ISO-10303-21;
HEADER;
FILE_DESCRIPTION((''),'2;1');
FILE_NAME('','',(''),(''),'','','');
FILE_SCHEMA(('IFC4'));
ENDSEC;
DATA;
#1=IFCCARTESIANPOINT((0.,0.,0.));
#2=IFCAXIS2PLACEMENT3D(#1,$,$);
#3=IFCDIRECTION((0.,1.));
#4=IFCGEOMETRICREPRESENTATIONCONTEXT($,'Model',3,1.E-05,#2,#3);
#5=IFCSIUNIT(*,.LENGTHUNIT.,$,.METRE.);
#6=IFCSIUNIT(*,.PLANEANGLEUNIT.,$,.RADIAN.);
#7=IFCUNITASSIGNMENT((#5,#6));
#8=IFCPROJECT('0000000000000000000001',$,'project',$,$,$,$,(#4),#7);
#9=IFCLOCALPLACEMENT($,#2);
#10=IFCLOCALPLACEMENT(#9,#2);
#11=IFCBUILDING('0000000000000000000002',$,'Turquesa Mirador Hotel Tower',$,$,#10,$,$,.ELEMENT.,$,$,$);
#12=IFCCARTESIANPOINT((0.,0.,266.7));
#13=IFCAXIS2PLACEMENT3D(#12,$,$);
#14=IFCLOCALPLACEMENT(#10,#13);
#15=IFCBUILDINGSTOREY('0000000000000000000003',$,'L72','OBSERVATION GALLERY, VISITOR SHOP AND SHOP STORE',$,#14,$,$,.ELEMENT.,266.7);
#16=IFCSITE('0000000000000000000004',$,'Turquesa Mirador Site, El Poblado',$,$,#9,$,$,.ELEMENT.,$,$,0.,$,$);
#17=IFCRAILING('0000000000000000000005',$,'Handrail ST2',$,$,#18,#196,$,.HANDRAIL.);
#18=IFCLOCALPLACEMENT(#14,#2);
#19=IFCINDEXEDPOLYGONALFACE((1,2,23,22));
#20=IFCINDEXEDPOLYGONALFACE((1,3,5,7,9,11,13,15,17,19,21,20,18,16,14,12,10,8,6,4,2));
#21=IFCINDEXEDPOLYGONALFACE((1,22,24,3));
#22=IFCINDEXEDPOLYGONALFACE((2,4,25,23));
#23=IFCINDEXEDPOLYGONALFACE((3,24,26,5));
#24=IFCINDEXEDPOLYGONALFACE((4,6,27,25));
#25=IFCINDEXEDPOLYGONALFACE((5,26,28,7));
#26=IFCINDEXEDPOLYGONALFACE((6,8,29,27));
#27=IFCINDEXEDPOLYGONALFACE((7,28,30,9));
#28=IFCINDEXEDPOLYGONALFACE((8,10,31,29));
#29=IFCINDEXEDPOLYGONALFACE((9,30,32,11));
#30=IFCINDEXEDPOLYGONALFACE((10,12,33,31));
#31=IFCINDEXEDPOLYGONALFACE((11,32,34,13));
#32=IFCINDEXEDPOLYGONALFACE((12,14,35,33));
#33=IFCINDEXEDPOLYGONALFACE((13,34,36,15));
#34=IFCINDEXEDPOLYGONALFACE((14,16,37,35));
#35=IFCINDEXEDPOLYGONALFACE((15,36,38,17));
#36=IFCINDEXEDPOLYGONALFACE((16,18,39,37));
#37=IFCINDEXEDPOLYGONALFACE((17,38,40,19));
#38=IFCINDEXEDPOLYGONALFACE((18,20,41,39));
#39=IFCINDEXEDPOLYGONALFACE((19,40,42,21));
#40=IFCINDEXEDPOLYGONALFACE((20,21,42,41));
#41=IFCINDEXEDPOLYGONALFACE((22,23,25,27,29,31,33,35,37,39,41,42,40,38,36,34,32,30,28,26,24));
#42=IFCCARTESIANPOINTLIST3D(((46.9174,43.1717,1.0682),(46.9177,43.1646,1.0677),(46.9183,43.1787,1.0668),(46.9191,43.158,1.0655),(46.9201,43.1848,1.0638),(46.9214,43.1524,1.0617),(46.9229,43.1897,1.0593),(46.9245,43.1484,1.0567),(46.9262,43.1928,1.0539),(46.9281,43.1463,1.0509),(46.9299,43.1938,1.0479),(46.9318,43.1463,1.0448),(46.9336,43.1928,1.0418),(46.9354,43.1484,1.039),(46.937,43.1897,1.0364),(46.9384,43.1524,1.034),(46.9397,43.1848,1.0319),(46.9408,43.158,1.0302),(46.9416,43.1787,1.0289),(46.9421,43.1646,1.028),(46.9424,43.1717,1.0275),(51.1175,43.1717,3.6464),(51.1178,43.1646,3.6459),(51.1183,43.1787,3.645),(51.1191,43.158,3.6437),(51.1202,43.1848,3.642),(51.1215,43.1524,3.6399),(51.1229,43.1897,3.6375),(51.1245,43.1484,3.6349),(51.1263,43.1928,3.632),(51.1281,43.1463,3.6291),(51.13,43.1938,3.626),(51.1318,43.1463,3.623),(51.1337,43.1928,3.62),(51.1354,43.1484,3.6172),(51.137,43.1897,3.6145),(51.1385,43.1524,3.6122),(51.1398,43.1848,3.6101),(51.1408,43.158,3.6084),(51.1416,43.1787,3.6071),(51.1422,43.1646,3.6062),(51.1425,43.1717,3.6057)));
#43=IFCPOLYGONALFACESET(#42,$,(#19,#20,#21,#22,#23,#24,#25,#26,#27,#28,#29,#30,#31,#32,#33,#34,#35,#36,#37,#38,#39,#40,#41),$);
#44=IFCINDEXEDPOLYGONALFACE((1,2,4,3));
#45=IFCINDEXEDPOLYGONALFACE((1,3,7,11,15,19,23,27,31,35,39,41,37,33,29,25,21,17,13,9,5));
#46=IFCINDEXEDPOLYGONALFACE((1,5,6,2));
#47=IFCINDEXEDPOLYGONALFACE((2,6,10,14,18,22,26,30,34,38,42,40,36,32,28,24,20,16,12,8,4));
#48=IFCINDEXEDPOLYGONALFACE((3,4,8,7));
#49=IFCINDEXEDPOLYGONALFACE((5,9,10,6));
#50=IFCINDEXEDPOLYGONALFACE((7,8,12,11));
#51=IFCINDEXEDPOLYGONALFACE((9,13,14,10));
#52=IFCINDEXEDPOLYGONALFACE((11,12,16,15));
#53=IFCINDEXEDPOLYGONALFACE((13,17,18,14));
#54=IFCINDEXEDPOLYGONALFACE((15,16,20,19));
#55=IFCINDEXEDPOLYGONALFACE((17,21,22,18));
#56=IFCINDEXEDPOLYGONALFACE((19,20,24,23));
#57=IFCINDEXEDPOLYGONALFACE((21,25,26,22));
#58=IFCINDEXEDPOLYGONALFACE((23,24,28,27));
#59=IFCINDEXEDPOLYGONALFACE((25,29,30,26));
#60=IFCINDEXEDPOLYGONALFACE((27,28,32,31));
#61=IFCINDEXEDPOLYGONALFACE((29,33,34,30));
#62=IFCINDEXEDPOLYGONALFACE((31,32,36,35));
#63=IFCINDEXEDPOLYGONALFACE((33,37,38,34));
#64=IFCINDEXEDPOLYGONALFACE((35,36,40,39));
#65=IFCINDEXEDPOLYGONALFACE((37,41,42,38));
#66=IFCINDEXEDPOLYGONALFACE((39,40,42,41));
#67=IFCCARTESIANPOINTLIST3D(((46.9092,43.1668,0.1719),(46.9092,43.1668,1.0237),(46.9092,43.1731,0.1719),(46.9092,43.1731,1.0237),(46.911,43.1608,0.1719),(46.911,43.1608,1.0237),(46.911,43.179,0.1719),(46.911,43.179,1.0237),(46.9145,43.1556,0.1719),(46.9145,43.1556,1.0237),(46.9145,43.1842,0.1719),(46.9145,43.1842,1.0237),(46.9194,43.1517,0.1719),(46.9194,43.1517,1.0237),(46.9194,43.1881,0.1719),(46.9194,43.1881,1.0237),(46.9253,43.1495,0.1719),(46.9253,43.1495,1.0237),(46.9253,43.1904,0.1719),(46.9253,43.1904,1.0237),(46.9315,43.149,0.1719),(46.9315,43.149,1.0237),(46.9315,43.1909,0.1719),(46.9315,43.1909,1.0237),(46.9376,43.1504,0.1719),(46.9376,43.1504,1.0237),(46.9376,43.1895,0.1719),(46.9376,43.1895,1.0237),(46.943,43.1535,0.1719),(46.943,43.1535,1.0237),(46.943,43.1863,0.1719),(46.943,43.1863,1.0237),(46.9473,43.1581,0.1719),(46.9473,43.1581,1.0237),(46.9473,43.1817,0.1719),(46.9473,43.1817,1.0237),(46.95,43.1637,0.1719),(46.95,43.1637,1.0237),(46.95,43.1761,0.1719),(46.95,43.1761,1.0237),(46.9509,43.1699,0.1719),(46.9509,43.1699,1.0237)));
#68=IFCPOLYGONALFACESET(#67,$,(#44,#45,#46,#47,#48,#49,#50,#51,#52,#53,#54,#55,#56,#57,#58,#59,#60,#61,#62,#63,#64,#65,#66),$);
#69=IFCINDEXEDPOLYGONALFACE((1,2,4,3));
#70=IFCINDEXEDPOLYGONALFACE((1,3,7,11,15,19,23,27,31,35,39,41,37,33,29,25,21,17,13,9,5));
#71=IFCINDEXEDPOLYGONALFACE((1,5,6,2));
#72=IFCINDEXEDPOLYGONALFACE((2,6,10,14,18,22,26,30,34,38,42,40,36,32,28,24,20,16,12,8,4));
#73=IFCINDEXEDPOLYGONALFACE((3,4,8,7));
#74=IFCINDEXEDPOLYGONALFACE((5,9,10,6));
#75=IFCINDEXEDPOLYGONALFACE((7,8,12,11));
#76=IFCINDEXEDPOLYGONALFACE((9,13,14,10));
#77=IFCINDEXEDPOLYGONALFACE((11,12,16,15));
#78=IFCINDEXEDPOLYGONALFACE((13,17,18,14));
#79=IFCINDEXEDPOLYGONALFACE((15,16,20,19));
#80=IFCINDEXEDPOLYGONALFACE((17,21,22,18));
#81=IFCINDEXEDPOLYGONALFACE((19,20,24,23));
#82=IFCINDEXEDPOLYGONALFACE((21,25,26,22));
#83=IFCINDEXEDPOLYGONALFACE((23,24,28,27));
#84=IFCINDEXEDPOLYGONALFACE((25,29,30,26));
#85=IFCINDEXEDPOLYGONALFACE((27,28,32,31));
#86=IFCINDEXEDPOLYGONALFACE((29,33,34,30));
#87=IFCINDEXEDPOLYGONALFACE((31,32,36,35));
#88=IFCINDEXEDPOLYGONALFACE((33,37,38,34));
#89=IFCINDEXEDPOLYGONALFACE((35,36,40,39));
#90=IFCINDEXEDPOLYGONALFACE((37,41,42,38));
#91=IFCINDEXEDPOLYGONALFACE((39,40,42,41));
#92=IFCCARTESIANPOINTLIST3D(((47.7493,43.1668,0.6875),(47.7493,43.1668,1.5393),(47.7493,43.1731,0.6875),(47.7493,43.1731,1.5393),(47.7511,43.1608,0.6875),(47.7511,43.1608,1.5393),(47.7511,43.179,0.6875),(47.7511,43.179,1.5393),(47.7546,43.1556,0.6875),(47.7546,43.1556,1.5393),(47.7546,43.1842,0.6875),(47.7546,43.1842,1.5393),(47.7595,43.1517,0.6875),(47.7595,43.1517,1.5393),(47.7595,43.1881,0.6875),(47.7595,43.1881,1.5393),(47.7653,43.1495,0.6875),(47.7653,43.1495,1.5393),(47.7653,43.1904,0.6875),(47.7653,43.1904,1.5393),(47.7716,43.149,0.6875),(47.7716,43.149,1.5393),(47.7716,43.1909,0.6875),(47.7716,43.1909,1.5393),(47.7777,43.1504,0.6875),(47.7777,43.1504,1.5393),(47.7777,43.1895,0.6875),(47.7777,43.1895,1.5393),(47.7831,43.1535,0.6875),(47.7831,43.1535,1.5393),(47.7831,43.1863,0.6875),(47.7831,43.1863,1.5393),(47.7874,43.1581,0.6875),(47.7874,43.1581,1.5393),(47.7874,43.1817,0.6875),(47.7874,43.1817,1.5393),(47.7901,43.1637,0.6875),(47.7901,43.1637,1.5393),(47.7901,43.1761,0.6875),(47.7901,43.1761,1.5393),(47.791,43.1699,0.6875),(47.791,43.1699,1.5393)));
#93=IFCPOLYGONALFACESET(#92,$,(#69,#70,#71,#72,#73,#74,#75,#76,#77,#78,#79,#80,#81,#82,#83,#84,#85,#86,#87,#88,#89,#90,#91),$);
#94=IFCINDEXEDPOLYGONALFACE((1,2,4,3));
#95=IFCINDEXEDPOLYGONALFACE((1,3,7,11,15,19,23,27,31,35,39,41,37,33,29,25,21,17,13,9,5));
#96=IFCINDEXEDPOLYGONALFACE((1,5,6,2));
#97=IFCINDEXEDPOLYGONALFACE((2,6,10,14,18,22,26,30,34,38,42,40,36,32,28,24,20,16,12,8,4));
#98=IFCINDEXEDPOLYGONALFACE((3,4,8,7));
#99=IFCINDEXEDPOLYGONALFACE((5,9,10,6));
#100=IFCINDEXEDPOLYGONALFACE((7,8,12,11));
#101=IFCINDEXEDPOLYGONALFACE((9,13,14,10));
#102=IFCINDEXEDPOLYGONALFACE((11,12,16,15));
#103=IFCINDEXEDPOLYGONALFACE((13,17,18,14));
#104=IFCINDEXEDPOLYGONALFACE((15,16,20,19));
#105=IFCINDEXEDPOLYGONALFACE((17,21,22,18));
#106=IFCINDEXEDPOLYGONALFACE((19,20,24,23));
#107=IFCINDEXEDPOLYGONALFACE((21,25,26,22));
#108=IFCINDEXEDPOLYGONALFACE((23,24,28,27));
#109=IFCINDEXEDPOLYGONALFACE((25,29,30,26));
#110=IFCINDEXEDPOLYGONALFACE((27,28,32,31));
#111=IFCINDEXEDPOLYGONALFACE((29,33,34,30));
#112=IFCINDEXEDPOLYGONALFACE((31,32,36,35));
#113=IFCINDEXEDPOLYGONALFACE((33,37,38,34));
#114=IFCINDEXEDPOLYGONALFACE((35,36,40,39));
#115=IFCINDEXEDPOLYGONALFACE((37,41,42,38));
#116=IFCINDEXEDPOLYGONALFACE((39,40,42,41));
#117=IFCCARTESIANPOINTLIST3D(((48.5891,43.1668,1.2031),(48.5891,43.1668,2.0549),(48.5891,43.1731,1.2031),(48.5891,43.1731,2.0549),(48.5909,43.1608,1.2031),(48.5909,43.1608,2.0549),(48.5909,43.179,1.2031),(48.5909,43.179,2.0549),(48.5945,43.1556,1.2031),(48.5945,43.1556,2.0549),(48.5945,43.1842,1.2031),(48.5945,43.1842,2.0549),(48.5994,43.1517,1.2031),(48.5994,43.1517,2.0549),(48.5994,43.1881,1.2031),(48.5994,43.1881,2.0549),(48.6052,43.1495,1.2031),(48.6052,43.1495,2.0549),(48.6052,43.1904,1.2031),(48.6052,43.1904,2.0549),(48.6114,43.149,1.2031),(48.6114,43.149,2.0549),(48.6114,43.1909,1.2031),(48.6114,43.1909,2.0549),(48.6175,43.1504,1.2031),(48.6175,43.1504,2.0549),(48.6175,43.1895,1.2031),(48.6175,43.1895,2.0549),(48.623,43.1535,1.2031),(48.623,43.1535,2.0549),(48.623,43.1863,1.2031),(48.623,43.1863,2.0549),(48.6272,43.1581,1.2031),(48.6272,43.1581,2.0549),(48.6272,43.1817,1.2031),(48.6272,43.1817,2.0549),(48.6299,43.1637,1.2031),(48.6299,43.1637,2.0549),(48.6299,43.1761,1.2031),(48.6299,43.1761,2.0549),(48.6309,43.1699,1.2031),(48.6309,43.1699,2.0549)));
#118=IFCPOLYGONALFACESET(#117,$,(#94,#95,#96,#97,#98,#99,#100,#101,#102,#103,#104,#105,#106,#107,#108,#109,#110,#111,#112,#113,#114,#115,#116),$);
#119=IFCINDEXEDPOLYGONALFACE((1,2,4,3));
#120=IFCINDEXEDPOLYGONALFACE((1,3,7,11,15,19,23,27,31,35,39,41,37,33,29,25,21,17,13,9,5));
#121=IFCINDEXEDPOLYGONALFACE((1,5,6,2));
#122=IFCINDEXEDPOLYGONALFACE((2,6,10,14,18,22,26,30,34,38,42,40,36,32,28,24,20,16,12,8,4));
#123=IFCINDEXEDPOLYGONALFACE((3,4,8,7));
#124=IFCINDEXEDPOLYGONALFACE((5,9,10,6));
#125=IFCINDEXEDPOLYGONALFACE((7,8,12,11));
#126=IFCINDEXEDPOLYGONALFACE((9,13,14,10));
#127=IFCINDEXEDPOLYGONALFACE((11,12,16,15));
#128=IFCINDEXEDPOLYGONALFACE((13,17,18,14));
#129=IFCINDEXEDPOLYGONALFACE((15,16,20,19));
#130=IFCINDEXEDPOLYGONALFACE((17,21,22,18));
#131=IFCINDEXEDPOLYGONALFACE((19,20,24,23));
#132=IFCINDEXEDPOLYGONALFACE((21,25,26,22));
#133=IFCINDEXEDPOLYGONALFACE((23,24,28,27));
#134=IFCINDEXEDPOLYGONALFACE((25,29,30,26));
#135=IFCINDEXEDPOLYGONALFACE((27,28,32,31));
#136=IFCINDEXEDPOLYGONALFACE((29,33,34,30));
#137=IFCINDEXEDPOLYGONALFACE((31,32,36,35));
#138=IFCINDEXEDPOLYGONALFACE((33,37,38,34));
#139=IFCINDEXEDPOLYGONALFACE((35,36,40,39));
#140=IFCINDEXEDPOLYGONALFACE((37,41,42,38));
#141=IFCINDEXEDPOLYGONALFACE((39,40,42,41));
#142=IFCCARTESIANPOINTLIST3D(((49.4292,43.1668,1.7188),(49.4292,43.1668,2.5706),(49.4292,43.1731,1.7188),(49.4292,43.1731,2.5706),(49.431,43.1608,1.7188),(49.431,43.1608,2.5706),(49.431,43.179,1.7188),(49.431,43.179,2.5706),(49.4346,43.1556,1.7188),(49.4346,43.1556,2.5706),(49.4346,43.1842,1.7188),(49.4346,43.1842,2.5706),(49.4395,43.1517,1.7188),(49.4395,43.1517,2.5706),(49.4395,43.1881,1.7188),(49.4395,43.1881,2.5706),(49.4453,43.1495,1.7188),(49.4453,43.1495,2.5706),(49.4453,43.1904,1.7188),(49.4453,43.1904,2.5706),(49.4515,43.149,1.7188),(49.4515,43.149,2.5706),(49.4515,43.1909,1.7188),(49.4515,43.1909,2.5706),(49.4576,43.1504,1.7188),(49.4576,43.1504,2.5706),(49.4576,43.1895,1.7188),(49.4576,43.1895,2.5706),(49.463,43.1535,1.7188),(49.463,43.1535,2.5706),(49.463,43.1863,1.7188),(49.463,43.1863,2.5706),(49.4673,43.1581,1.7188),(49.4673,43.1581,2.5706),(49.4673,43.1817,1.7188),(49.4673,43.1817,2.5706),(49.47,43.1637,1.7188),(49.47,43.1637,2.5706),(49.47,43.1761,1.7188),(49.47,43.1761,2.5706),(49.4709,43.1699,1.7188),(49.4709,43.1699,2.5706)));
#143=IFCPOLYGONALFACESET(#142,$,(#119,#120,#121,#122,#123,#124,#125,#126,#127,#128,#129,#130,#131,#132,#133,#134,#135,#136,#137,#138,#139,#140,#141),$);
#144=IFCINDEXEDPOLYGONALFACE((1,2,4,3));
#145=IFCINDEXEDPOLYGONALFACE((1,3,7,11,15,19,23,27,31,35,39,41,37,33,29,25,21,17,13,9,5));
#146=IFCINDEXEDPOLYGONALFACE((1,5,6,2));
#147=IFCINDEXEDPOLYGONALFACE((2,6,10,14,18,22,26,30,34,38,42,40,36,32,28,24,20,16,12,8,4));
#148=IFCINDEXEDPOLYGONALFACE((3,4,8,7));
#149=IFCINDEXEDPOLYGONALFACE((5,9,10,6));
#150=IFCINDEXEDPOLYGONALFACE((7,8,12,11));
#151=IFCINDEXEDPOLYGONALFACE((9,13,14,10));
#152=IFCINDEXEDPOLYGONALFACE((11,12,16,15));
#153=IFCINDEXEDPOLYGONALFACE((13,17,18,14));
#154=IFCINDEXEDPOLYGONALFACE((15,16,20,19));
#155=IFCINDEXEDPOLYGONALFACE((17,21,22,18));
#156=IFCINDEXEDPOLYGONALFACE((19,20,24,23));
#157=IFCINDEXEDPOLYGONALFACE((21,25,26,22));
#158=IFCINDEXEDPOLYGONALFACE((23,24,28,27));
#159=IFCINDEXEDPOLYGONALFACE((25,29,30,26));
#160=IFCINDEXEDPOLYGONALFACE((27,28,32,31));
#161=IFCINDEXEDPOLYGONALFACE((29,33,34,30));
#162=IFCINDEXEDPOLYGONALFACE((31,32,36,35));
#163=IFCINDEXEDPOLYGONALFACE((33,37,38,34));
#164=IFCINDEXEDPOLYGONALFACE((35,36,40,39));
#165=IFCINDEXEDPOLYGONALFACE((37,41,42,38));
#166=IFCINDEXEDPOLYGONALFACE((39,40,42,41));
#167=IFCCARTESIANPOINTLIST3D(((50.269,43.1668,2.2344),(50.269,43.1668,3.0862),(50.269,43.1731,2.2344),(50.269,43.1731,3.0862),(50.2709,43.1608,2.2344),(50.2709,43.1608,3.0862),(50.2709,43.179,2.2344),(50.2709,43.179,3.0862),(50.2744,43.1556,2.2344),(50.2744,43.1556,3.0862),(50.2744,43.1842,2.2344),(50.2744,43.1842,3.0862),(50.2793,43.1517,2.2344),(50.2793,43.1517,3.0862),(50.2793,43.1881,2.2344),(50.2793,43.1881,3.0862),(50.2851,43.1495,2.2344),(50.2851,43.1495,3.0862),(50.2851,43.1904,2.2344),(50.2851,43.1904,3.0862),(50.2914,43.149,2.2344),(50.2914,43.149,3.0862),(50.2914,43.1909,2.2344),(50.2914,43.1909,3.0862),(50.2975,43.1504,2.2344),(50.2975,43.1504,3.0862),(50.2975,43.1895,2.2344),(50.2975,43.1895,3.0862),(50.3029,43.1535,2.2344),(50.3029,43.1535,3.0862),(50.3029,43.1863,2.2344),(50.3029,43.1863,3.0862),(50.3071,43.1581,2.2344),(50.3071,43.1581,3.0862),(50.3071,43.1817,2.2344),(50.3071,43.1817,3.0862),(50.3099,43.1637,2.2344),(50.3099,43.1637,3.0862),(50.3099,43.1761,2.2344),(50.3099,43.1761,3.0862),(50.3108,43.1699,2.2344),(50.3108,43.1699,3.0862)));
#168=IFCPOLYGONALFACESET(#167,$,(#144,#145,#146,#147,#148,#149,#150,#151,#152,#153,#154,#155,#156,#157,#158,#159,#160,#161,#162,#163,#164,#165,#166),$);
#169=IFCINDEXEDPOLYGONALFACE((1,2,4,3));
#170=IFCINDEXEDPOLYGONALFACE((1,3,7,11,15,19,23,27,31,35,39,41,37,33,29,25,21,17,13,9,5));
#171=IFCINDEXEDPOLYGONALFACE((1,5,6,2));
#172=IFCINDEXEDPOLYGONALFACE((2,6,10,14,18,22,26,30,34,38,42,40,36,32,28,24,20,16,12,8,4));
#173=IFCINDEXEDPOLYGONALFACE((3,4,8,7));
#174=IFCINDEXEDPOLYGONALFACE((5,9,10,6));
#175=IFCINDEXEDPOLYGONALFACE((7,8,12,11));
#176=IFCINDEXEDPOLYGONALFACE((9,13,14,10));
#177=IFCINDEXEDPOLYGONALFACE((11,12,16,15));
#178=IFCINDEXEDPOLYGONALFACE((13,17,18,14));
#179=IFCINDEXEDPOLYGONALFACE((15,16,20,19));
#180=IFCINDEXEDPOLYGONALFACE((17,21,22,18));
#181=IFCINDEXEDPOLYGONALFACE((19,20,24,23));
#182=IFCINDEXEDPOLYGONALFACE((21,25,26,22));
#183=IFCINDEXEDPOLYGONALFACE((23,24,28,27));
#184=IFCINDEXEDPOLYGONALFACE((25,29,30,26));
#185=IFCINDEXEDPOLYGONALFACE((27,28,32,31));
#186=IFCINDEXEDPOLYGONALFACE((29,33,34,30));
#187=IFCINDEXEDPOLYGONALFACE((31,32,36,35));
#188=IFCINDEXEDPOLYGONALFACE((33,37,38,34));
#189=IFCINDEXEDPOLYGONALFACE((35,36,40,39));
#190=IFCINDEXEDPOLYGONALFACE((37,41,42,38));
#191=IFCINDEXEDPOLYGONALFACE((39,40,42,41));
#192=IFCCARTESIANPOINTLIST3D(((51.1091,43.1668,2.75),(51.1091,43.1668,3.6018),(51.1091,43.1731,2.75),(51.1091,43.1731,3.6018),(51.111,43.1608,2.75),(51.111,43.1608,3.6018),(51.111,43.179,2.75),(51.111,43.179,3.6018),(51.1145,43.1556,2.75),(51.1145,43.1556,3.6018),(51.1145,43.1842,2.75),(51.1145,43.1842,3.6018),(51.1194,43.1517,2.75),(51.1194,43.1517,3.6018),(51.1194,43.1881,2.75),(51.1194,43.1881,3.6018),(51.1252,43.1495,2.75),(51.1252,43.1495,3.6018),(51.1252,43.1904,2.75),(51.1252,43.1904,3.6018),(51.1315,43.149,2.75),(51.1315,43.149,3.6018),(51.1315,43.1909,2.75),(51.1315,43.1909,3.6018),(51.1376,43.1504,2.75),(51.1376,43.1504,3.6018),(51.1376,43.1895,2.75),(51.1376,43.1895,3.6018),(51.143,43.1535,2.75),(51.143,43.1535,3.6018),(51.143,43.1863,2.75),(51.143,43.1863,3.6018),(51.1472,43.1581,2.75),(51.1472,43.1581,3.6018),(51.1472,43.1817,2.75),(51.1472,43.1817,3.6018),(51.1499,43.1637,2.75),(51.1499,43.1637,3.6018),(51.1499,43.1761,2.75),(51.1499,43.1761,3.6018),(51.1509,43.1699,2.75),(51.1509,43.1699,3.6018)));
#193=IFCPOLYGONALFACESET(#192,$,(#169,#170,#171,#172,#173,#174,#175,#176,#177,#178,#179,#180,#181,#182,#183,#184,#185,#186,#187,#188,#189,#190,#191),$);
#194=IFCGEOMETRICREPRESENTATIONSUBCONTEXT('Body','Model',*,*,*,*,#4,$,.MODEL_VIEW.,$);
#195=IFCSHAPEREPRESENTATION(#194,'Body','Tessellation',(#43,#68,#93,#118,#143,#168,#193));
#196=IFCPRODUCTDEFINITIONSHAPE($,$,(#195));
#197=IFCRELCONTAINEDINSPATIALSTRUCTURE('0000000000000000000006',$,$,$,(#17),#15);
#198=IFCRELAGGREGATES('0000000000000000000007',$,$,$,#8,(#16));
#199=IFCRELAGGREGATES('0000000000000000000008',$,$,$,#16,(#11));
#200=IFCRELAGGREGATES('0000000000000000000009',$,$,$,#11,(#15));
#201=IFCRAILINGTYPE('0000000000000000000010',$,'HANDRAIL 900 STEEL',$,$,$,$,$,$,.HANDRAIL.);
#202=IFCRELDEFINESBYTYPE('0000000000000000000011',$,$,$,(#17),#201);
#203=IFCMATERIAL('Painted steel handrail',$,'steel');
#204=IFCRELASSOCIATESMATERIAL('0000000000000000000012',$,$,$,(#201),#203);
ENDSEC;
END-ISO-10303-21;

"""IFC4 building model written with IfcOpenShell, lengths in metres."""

from ifc_helpers import new_model, si_unit, direction, frame, origin, origin_2d, place, context, subcontext, project, spatial, circle, extrude, material, type_object, element, save


model = new_model("IFC4")

# Units and contexts
model_context = context("Model", 3, precision=1e-05, world=origin(), true_north=direction((0.0, 1.0)))
body_context = subcontext(model_context, "Body", "Model", "MODEL_VIEW")
ifc_project = project(units=[si_unit("LENGTHUNIT", "METRE"), si_unit("PLANEANGLEUNIT", "RADIAN")], contexts=[model_context])

# Site, building, storey
site_placement = place(None, origin())
site = spatial("IfcSite", under=ifc_project, at=site_placement, Name="Turquesa Mirador Site, El Poblado", CompositionType="ELEMENT", RefElevation=0.0)
building_placement = place(site_placement, origin())
building = spatial("IfcBuilding", under=site, at=building_placement, Name="Turquesa Mirador Hotel Tower", CompositionType="ELEMENT")
storey_placement = place(building_placement, frame((0.0, 0.0, 266.7)))
storey = spatial("IfcBuildingStorey", under=building, at=storey_placement, Name="L72", Description="OBSERVATION GALLERY, VISITOR SHOP AND SHOP STORE", CompositionType="ELEMENT", Elevation=266.7)

# Railing
ifc_material_1 = material(Name="Painted steel handrail", Category="steel")
railing_type = type_object("IfcRailingType", Name="HANDRAIL 900 STEEL", PredefinedType="HANDRAIL", material=ifc_material_1)
railing_1_placement = place(storey_placement, frame((46.9299, 43.1699, 0.1719)))
element("IfcRailing", 1, at=railing_1_placement, inside=storey, type_object=railing_type, Name="Handrail ST2", PredefinedType="HANDRAIL", context=body_context, shape_type="SweptSolid", body=[
    extrude(circle(Radius=0.0239, at=origin_2d()), frame((0.0, 0.0, 0.876), z_axis=(0.852243, 0.0, 0.523146), x_axis=(0.0, 1.0, 0.0)), (0.0, 0.0, 1.0), 4.9282),
    extrude(circle(Radius=0.021, at=origin_2d()), origin(), (0.0, 0.0, 1.0), 0.8518),
    extrude(circle(Radius=0.021, at=origin_2d()), frame((0.8401, 0.0, 0.5156)), (0.0, 0.0, 1.0), 0.8518),
    extrude(circle(Radius=0.021, at=origin_2d()), frame((1.6799, 0.0, 1.0312)), (0.0, 0.0, 1.0), 0.8518),
    extrude(circle(Radius=0.021, at=origin_2d()), frame((2.52, 0.0, 1.5469)), (0.0, 0.0, 1.0), 0.8518),
    extrude(circle(Radius=0.021, at=origin_2d()), frame((3.3599, 0.0, 2.0625)), (0.0, 0.0, 1.0), 0.8518),
    extrude(circle(Radius=0.021, at=origin_2d()), frame((4.2, 0.0, 2.5781)), (0.0, 0.0, 1.0), 0.8518),
])

save(model, "model.ifc")
